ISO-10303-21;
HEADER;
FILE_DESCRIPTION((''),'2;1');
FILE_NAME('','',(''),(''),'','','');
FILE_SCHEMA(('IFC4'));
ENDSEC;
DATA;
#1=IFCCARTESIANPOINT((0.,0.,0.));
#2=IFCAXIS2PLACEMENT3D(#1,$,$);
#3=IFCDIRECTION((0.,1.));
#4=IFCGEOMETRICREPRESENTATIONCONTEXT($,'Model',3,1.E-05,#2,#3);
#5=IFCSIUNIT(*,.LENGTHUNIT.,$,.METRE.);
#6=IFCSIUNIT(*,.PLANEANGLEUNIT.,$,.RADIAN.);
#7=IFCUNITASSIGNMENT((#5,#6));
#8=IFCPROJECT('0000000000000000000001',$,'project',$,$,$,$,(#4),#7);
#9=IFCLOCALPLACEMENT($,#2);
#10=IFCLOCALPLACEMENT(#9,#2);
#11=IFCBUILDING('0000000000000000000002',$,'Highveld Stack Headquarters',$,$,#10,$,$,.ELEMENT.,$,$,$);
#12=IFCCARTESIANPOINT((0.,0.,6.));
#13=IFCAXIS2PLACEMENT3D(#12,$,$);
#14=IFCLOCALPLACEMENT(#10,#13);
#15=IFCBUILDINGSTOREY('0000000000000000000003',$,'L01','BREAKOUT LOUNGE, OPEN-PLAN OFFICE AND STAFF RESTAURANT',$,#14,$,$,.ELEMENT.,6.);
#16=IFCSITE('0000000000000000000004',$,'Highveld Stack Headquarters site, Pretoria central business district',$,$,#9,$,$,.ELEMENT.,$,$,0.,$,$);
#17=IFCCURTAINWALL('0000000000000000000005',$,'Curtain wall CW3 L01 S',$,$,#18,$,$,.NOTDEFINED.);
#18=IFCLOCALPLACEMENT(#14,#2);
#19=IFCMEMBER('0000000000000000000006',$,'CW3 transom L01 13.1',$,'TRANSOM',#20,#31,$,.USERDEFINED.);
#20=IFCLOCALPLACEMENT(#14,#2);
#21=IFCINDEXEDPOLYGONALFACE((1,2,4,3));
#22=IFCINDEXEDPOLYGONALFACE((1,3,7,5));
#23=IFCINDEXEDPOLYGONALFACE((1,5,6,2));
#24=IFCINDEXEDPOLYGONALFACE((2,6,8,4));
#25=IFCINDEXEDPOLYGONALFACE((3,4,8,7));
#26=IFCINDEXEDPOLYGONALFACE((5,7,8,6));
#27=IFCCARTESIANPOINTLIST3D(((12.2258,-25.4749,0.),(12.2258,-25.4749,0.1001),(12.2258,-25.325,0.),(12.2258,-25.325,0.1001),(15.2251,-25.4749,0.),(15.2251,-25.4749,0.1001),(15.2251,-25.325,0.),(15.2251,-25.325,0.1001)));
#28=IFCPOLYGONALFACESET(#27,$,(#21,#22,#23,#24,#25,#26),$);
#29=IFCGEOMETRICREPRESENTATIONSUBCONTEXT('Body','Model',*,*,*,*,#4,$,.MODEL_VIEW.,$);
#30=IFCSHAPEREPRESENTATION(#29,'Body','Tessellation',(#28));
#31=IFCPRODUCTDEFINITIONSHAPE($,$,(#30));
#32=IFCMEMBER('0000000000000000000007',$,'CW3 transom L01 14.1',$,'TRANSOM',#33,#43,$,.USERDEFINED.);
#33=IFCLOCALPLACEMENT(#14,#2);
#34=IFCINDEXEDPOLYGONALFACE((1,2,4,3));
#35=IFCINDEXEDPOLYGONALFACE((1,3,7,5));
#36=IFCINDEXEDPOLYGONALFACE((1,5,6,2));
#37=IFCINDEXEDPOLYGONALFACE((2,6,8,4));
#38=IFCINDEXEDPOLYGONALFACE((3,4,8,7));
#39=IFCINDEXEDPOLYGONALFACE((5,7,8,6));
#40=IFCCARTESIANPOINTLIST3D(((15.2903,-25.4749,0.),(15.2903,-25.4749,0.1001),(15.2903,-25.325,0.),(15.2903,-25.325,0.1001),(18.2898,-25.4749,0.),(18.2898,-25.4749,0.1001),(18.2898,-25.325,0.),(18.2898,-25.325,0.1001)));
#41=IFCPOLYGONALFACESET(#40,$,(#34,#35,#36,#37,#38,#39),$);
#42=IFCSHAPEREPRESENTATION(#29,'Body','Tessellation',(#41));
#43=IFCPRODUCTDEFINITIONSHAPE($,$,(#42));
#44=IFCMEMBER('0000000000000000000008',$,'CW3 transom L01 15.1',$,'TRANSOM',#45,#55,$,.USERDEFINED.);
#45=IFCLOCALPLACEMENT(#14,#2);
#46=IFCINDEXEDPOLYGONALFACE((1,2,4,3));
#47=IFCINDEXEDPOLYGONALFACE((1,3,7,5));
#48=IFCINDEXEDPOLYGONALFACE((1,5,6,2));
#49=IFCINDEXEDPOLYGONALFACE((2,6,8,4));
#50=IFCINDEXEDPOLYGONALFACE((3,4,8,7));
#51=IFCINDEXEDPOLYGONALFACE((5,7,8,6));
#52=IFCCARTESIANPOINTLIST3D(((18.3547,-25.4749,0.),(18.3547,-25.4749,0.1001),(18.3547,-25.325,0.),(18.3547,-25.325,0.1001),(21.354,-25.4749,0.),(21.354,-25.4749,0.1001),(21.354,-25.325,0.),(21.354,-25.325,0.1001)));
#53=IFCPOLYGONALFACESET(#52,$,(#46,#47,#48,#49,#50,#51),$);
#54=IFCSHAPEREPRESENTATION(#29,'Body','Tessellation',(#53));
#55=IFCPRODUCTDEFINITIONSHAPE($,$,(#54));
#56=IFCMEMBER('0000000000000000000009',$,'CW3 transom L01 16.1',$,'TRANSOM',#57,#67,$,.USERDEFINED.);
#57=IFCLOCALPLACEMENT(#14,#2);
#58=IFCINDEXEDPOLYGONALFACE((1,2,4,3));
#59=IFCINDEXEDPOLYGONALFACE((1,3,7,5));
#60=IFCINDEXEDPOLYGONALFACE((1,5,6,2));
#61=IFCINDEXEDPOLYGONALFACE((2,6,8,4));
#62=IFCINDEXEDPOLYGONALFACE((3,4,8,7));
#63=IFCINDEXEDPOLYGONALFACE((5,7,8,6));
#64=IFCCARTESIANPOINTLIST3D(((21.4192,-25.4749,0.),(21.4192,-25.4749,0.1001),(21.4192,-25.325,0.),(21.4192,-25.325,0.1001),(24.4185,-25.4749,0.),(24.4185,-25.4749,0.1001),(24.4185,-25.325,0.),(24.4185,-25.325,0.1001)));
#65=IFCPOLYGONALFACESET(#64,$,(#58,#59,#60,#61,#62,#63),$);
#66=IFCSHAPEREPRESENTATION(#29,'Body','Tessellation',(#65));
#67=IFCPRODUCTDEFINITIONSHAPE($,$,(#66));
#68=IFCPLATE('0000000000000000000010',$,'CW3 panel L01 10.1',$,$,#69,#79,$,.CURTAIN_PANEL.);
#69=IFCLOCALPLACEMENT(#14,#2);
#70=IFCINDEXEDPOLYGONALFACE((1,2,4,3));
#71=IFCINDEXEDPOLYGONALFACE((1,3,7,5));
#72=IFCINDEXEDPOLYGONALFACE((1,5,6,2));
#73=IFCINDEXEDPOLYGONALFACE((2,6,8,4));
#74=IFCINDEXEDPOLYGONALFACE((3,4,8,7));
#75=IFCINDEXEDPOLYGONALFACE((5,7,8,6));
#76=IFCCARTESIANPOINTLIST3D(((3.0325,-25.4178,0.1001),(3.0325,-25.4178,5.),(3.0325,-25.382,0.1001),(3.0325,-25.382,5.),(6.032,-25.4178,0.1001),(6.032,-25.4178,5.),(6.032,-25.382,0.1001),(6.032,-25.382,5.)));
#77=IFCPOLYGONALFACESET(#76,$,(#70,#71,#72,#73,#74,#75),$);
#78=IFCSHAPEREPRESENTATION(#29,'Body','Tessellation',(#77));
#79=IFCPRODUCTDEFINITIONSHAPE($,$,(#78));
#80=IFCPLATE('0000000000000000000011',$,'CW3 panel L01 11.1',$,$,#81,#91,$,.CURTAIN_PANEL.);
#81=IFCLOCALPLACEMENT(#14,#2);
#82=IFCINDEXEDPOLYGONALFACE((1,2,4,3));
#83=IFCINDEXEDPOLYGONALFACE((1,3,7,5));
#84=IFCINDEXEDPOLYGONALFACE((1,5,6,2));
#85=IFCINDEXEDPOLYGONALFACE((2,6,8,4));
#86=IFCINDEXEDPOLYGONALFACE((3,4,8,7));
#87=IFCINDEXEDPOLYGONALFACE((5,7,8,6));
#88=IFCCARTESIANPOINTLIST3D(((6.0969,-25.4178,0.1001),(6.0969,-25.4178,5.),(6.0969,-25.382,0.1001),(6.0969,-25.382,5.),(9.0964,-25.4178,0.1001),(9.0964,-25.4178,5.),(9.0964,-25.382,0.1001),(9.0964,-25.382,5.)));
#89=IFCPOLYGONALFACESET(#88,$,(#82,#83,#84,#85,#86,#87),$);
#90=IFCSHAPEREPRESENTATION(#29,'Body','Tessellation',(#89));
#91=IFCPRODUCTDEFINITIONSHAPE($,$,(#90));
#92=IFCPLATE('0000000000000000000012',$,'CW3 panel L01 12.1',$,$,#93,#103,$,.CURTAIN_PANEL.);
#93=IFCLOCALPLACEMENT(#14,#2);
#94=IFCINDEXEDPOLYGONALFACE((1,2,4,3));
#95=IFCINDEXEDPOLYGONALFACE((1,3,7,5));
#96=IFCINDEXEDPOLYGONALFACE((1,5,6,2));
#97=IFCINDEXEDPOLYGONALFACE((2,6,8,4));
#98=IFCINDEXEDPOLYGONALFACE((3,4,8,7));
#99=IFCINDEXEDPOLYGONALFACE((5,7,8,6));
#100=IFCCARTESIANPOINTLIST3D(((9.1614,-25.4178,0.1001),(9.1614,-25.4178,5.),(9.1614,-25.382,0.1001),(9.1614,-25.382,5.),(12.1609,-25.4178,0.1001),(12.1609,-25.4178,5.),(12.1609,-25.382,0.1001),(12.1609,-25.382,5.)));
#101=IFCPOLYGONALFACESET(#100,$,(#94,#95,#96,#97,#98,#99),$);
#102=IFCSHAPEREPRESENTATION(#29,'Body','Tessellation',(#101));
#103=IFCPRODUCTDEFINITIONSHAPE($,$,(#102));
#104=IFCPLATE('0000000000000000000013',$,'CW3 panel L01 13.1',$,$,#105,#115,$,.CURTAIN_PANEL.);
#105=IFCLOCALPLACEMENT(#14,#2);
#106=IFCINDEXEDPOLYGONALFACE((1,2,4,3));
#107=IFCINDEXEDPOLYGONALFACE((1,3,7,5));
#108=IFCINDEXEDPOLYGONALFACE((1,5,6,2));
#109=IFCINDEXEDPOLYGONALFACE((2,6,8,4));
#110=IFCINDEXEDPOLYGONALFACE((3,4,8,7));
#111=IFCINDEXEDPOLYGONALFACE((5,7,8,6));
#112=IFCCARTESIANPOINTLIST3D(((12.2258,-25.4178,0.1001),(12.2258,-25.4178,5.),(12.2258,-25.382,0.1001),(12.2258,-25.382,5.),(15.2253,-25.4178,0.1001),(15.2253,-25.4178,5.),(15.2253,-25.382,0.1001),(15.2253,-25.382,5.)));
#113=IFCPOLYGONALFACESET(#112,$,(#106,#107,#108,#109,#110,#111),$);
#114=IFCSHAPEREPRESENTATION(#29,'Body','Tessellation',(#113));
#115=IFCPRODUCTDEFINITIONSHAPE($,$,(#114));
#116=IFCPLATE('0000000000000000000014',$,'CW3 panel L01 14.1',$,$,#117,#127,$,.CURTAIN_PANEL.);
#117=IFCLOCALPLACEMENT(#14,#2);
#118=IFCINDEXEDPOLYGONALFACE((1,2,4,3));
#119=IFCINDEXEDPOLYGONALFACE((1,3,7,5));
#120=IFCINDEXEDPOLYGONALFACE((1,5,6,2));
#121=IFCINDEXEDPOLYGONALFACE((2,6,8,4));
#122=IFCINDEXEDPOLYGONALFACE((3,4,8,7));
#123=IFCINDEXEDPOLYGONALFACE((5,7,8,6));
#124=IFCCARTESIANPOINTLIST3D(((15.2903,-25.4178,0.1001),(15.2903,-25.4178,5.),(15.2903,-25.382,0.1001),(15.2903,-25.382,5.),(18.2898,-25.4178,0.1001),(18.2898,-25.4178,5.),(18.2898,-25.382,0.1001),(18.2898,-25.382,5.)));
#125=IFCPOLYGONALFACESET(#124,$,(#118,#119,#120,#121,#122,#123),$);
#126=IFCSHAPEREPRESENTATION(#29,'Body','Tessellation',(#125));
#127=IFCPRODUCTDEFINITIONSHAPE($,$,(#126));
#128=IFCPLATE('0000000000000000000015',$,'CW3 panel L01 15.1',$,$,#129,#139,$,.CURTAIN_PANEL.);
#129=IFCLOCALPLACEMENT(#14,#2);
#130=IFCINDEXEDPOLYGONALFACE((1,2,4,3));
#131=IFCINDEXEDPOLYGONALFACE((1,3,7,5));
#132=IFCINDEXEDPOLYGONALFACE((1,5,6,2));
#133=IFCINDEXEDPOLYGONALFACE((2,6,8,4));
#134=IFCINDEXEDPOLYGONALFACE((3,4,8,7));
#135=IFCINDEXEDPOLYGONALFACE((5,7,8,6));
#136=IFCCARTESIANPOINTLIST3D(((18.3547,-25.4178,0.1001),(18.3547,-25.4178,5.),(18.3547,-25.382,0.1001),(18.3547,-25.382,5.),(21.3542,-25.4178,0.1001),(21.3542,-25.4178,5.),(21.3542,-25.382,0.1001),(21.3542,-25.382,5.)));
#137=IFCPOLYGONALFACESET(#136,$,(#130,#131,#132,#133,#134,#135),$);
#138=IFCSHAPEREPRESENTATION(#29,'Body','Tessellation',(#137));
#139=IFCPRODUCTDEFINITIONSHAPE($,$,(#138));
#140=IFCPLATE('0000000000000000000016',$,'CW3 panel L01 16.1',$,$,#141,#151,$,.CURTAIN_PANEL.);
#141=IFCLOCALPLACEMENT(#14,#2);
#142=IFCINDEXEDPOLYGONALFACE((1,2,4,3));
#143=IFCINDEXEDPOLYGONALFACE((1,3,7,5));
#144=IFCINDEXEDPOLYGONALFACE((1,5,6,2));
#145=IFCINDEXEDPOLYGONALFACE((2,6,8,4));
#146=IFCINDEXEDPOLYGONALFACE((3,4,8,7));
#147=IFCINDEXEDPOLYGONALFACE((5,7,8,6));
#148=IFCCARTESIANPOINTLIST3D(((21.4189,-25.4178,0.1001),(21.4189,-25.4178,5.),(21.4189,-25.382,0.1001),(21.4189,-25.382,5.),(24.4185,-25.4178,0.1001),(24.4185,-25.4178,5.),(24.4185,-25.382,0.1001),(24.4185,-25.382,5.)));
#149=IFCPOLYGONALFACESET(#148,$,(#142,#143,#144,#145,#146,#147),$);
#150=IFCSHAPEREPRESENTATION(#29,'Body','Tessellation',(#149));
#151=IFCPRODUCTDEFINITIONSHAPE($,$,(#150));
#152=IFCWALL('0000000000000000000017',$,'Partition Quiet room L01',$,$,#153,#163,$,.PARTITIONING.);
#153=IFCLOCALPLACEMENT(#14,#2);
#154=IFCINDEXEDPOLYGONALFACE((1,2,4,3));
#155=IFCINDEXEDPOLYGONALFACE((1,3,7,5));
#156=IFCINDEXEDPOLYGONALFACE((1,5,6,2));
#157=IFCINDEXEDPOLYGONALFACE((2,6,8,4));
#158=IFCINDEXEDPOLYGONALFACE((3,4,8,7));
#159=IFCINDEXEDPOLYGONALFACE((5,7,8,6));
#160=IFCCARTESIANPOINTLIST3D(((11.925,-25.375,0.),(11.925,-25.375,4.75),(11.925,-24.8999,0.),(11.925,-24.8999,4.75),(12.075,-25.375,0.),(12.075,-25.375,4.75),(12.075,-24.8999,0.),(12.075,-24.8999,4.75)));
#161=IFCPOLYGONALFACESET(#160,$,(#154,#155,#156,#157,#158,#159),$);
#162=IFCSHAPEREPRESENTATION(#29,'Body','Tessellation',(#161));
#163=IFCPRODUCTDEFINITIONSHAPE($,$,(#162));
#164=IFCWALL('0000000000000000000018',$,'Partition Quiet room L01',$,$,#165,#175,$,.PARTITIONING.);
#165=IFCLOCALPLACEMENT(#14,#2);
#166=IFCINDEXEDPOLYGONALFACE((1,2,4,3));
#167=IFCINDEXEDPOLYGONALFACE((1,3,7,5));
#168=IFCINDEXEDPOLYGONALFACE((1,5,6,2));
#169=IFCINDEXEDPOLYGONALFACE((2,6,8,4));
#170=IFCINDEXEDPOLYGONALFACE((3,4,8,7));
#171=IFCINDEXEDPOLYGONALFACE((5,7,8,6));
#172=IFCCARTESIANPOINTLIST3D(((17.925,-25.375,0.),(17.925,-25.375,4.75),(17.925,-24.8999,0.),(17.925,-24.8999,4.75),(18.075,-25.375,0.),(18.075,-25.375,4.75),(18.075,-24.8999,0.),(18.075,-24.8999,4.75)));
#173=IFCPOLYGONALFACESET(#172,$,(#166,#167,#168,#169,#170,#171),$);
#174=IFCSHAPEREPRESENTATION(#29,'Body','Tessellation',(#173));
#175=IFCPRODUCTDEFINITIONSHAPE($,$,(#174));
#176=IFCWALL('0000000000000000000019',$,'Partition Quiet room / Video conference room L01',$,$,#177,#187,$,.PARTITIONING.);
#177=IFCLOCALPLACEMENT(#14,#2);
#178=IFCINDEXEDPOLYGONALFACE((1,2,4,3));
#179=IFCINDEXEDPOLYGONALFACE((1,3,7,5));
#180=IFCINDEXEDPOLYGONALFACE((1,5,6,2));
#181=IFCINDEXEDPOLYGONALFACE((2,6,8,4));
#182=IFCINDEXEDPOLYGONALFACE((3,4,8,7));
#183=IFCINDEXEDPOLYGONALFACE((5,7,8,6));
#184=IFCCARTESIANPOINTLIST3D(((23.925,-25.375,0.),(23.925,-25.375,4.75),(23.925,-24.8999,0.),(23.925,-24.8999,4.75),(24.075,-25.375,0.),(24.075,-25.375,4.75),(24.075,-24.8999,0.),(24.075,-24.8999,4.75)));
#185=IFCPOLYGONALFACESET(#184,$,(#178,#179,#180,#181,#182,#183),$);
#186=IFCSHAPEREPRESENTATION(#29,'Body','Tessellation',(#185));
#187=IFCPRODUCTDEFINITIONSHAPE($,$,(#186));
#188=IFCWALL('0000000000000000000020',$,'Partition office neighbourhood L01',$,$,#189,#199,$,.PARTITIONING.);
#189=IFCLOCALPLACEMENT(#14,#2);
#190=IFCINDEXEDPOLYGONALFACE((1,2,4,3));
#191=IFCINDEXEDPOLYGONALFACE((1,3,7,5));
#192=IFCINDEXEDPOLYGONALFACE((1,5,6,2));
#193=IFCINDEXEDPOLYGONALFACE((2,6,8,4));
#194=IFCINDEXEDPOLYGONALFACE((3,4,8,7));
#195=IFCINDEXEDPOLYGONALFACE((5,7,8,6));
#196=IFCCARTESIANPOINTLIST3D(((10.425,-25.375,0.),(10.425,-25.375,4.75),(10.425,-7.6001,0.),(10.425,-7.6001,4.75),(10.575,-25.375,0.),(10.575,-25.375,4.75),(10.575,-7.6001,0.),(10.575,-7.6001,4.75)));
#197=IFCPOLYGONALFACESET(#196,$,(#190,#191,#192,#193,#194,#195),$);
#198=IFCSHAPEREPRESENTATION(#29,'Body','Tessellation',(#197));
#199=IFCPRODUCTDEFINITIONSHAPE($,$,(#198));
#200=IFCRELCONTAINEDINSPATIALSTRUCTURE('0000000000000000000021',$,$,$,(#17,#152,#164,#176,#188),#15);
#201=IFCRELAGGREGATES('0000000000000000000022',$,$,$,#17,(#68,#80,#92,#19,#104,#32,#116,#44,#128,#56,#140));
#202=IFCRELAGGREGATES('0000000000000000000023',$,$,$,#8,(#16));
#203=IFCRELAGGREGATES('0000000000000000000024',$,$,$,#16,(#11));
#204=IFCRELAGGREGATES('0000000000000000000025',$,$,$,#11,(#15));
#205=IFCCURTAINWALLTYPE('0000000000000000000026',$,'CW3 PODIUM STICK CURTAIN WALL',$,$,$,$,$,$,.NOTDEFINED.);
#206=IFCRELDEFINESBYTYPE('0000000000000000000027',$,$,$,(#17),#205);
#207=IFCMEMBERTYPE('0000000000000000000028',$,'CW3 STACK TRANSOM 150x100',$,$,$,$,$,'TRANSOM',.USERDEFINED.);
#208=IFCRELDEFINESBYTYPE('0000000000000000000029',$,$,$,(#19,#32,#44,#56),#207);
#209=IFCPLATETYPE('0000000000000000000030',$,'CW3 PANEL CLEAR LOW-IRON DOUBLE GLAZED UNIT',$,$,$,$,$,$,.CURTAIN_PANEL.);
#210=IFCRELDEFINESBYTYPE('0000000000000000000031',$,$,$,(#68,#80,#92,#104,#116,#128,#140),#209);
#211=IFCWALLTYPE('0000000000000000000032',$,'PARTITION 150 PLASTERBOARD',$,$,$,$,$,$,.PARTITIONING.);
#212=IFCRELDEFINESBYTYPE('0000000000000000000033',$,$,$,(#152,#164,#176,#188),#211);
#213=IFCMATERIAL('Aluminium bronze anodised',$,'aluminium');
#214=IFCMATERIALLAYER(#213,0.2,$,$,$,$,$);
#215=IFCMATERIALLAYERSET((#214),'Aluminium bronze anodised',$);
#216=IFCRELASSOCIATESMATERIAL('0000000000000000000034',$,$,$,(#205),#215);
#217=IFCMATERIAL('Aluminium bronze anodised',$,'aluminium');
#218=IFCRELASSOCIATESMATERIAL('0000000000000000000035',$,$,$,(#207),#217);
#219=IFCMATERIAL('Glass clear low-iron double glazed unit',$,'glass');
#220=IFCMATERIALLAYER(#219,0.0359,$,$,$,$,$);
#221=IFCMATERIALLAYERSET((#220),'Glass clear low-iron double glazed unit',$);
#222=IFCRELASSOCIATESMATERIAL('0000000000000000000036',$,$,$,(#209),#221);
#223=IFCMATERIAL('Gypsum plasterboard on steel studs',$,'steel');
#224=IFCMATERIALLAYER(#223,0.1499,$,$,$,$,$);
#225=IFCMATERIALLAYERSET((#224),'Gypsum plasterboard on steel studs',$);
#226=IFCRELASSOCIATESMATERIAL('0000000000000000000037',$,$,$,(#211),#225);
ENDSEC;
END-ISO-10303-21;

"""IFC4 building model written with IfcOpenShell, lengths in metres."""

from ifc_helpers import new_model, si_unit, direction, frame, frame_2d, origin, origin_2d, place, context, subcontext, project, spatial, rectangle, extrude, material, layer, layer_set, material_profile, profile_set, type_object, element, aggregate, save


model = new_model("IFC4")

# Units and contexts
model_context = context("Model", 3, precision=1e-05, world=origin(), true_north=direction((0.0, 1.0)))
body_context = subcontext(model_context, "Body", "Model", "MODEL_VIEW")
ifc_project = project(units=[si_unit("LENGTHUNIT", "METRE"), si_unit("PLANEANGLEUNIT", "RADIAN")], contexts=[model_context])

# Site, building, storey
site_placement = place(None, origin())
site = spatial("IfcSite", under=ifc_project, at=site_placement, Name="Highveld Stack Headquarters site, Pretoria central business district", CompositionType="ELEMENT", RefElevation=0.0)
building_placement = place(site_placement, origin())
building = spatial("IfcBuilding", under=site, at=building_placement, Name="Highveld Stack Headquarters", CompositionType="ELEMENT")
storey_placement = place(building_placement, frame((0.0, 0.0, 6.0)))
storey = spatial("IfcBuildingStorey", under=building, at=storey_placement, Name="L01", Description="BREAKOUT LOUNGE, OPEN-PLAN OFFICE AND STAFF RESTAURANT", CompositionType="ELEMENT", Elevation=6.0)

# Curtain wall, members, plates
ifc_material_1 = material(Name="Aluminium bronze anodised", Category="aluminium")
ifc_layer_1 = layer(ifc_material_1, 0.2)
ifc_layer_set_1 = layer_set([ifc_layer_1], Name="Aluminium bronze anodised")
curtain_wall_type = type_object("IfcCurtainWallType", Name="CW3 PODIUM STICK CURTAIN WALL", PredefinedType="NOTDEFINED", material=ifc_layer_set_1)
curtain_wall_placement = place(storey_placement, origin())
curtain_wall = element("IfcCurtainWall", 1, at=curtain_wall_placement, inside=storey, type_object=curtain_wall_type, Name="Curtain wall CW3 L01 S", PredefinedType="NOTDEFINED")
ifc_material_2 = material(Name="Aluminium bronze anodised", Category="aluminium")
ifc_material_profile_1 = material_profile(ifc_material_2, rectangle(XDim=0.1499, YDim=0.1001, at=origin_2d()), Name="CW3 TRANSOM 150x100")
ifc_profile_set_1 = profile_set([ifc_material_profile_1], Name="Aluminium bronze anodised")
member_type_1 = type_object("IfcMemberType", Name="CW3 STACK TRANSOM 150x100", ElementType="TRANSOM", PredefinedType="USERDEFINED", material=ifc_profile_set_1)
member_1_placement = place(storey_placement, frame((12.2258, -25.3999, 0.05), z_axis=(1.0, 0.0, 0.0), x_axis=(0.0, 1.0, 0.0)))
member_1 = element("IfcMember", 2, at=member_1_placement, type_object=member_type_1, Name="CW3 transom L01 13.1", ObjectType="TRANSOM", PredefinedType="USERDEFINED", context=body_context, shape_type="SweptSolid", body=[
    extrude(rectangle(XDim=0.1499, YDim=0.1001, at=origin_2d()), origin(), (0.0, 0.0, 1.0), 2.9993),
])
member_2_placement = place(storey_placement, frame((15.2903, -25.3999, 0.05), z_axis=(1.0, 0.0, 0.0), x_axis=(0.0, 1.0, 0.0)))
member_2 = element("IfcMember", 3, at=member_2_placement, type_object=member_type_1, Name="CW3 transom L01 14.1", ObjectType="TRANSOM", PredefinedType="USERDEFINED", context=body_context, shape_type="SweptSolid", body=[
    extrude(rectangle(XDim=0.1499, YDim=0.1001, at=origin_2d()), origin(), (0.0, 0.0, 1.0), 2.9995),
])
member_3_placement = place(storey_placement, frame((18.3547, -25.3999, 0.05), z_axis=(1.0, 0.0, 0.0), x_axis=(0.0, 1.0, 0.0)))
member_3 = element("IfcMember", 4, at=member_3_placement, type_object=member_type_1, Name="CW3 transom L01 15.1", ObjectType="TRANSOM", PredefinedType="USERDEFINED", context=body_context, shape_type="SweptSolid", body=[
    extrude(rectangle(XDim=0.1499, YDim=0.1001, at=origin_2d()), origin(), (0.0, 0.0, 1.0), 2.9993),
])
member_4_placement = place(storey_placement, frame((21.4192, -25.3999, 0.05), z_axis=(1.0, 0.0, 0.0), x_axis=(0.0, 1.0, 0.0)))
member_4 = element("IfcMember", 5, at=member_4_placement, type_object=member_type_1, Name="CW3 transom L01 16.1", ObjectType="TRANSOM", PredefinedType="USERDEFINED", context=body_context, shape_type="SweptSolid", body=[
    extrude(rectangle(XDim=0.1499, YDim=0.1001, at=origin_2d()), origin(), (0.0, 0.0, 1.0), 2.9993),
])
ifc_material_3 = material(Name="Glass clear low-iron double glazed unit", Category="glass")
ifc_layer_2 = layer(ifc_material_3, 0.0359)
ifc_layer_set_2 = layer_set([ifc_layer_2], Name="Glass clear low-iron double glazed unit")
plate_type = type_object("IfcPlateType", Name="CW3 PANEL CLEAR LOW-IRON DOUBLE GLAZED UNIT", PredefinedType="CURTAIN_PANEL", material=ifc_layer_set_2)
plate_1_placement = place(storey_placement, frame((4.5322, -25.3999, 0.1001), z_axis=(0.0, 0.0, 1.0), x_axis=(1.0, 0.0, 0.0)))
plate_1 = element("IfcPlate", 6, at=plate_1_placement, type_object=plate_type, Name="CW3 panel L01 10.1", PredefinedType="CURTAIN_PANEL", context=body_context, shape_type="SweptSolid", body=[
    extrude(rectangle(XDim=2.9995, YDim=0.0359, at=origin_2d()), origin(), (0.0, 0.0, 1.0), 4.8999),
])
plate_2_placement = place(storey_placement, frame((7.5967, -25.3999, 0.1001), z_axis=(0.0, 0.0, 1.0), x_axis=(1.0, 0.0, 0.0)))
plate_2 = element("IfcPlate", 7, at=plate_2_placement, type_object=plate_type, Name="CW3 panel L01 11.1", PredefinedType="CURTAIN_PANEL", context=body_context, shape_type="SweptSolid", body=[
    extrude(rectangle(XDim=2.9995, YDim=0.0359, at=origin_2d()), origin(), (0.0, 0.0, 1.0), 4.8999),
])
plate_3_placement = place(storey_placement, frame((10.6611, -25.3999, 0.1001), z_axis=(0.0, 0.0, 1.0), x_axis=(1.0, 0.0, 0.0)))
plate_3 = element("IfcPlate", 8, at=plate_3_placement, type_object=plate_type, Name="CW3 panel L01 12.1", PredefinedType="CURTAIN_PANEL", context=body_context, shape_type="SweptSolid", body=[
    extrude(rectangle(XDim=2.9995, YDim=0.0359, at=origin_2d()), origin(), (0.0, 0.0, 1.0), 4.8999),
])
plate_4_placement = place(storey_placement, frame((13.7256, -25.3999, 0.1001), z_axis=(0.0, 0.0, 1.0), x_axis=(1.0, 0.0, 0.0)))
plate_4 = element("IfcPlate", 9, at=plate_4_placement, type_object=plate_type, Name="CW3 panel L01 13.1", PredefinedType="CURTAIN_PANEL", context=body_context, shape_type="SweptSolid", body=[
    extrude(rectangle(XDim=2.9995, YDim=0.0359, at=origin_2d()), origin(), (0.0, 0.0, 1.0), 4.8999),
])
plate_5_placement = place(storey_placement, frame((16.79, -25.3999, 0.1001), z_axis=(0.0, 0.0, 1.0), x_axis=(1.0, 0.0, 0.0)))
plate_5 = element("IfcPlate", 10, at=plate_5_placement, type_object=plate_type, Name="CW3 panel L01 14.1", PredefinedType="CURTAIN_PANEL", context=body_context, shape_type="SweptSolid", body=[
    extrude(rectangle(XDim=2.9995, YDim=0.0359, at=origin_2d()), origin(), (0.0, 0.0, 1.0), 4.8999),
])
plate_6_placement = place(storey_placement, frame((19.8545, -25.3999, 0.1001), z_axis=(0.0, 0.0, 1.0), x_axis=(1.0, 0.0, 0.0)))
plate_6 = element("IfcPlate", 11, at=plate_6_placement, type_object=plate_type, Name="CW3 panel L01 15.1", PredefinedType="CURTAIN_PANEL", context=body_context, shape_type="SweptSolid", body=[
    extrude(rectangle(XDim=2.9995, YDim=0.0359, at=origin_2d()), origin(), (0.0, 0.0, 1.0), 4.8999),
])
plate_7_placement = place(storey_placement, frame((22.9187, -25.3999, 0.1001), z_axis=(0.0, 0.0, 1.0), x_axis=(1.0, 0.0, 0.0)))
plate_7 = element("IfcPlate", 12, at=plate_7_placement, type_object=plate_type, Name="CW3 panel L01 16.1", PredefinedType="CURTAIN_PANEL", context=body_context, shape_type="SweptSolid", body=[
    extrude(rectangle(XDim=2.9995, YDim=0.0359, at=origin_2d()), origin(), (0.0, 0.0, 1.0), 4.8999),
])
aggregate(curtain_wall, [plate_1, plate_2, plate_3, member_1, plate_4, member_2, plate_5, member_3, plate_6, member_4, plate_7])

# Walls
ifc_material_4 = material(Name="Gypsum plasterboard on steel studs", Category="steel")
ifc_layer_3 = layer(ifc_material_4, 0.1499)
ifc_layer_set_3 = layer_set([ifc_layer_3], Name="Gypsum plasterboard on steel studs")
wall_type = type_object("IfcWallType", Name="PARTITION 150 PLASTERBOARD", PredefinedType="PARTITIONING", material=ifc_layer_set_3)
for number, where, z_axis, x_axis, name in (
    (13, (12.0, -25.375, 0.0), (0.0, 0.0, 1.0), (0.0, 1.0, 0.0), "Partition Quiet room L01"),
    (14, (18.0, -25.375, 0.0), (0.0, 0.0, 1.0), (0.0, 1.0, 0.0), "Partition Quiet room L01"),
    (15, (24.0, -25.375, 0.0), (0.0, 0.0, 1.0), (0.0, 1.0, 0.0), "Partition Quiet room / Video conference room L01"),
):
    element("IfcWall", number, at=place(storey_placement, frame(where, z_axis=z_axis, x_axis=x_axis)), inside=storey, type_object=wall_type, Name=name, PredefinedType="PARTITIONING", context=body_context, shape_type="SweptSolid", body=[
        extrude(rectangle(XDim=0.4751, YDim=0.1499, at=frame_2d((0.2375, 0.0))), origin(), (0.0, 0.0, 1.0), 4.75),
    ])
wall_placement = place(storey_placement, frame((10.5, -25.375, 0.0), z_axis=(0.0, 0.0, 1.0), x_axis=(0.0, 1.0, 0.0)))
element("IfcWall", 16, at=wall_placement, inside=storey, type_object=wall_type, Name="Partition office neighbourhood L01", PredefinedType="PARTITIONING", context=body_context, shape_type="SweptSolid", body=[
    extrude(rectangle(XDim=17.7749, YDim=0.1499, at=frame_2d((8.8875, 0.0))), origin(), (0.0, 0.0, 1.0), 4.75),
])

save(model, "model.ifc")
